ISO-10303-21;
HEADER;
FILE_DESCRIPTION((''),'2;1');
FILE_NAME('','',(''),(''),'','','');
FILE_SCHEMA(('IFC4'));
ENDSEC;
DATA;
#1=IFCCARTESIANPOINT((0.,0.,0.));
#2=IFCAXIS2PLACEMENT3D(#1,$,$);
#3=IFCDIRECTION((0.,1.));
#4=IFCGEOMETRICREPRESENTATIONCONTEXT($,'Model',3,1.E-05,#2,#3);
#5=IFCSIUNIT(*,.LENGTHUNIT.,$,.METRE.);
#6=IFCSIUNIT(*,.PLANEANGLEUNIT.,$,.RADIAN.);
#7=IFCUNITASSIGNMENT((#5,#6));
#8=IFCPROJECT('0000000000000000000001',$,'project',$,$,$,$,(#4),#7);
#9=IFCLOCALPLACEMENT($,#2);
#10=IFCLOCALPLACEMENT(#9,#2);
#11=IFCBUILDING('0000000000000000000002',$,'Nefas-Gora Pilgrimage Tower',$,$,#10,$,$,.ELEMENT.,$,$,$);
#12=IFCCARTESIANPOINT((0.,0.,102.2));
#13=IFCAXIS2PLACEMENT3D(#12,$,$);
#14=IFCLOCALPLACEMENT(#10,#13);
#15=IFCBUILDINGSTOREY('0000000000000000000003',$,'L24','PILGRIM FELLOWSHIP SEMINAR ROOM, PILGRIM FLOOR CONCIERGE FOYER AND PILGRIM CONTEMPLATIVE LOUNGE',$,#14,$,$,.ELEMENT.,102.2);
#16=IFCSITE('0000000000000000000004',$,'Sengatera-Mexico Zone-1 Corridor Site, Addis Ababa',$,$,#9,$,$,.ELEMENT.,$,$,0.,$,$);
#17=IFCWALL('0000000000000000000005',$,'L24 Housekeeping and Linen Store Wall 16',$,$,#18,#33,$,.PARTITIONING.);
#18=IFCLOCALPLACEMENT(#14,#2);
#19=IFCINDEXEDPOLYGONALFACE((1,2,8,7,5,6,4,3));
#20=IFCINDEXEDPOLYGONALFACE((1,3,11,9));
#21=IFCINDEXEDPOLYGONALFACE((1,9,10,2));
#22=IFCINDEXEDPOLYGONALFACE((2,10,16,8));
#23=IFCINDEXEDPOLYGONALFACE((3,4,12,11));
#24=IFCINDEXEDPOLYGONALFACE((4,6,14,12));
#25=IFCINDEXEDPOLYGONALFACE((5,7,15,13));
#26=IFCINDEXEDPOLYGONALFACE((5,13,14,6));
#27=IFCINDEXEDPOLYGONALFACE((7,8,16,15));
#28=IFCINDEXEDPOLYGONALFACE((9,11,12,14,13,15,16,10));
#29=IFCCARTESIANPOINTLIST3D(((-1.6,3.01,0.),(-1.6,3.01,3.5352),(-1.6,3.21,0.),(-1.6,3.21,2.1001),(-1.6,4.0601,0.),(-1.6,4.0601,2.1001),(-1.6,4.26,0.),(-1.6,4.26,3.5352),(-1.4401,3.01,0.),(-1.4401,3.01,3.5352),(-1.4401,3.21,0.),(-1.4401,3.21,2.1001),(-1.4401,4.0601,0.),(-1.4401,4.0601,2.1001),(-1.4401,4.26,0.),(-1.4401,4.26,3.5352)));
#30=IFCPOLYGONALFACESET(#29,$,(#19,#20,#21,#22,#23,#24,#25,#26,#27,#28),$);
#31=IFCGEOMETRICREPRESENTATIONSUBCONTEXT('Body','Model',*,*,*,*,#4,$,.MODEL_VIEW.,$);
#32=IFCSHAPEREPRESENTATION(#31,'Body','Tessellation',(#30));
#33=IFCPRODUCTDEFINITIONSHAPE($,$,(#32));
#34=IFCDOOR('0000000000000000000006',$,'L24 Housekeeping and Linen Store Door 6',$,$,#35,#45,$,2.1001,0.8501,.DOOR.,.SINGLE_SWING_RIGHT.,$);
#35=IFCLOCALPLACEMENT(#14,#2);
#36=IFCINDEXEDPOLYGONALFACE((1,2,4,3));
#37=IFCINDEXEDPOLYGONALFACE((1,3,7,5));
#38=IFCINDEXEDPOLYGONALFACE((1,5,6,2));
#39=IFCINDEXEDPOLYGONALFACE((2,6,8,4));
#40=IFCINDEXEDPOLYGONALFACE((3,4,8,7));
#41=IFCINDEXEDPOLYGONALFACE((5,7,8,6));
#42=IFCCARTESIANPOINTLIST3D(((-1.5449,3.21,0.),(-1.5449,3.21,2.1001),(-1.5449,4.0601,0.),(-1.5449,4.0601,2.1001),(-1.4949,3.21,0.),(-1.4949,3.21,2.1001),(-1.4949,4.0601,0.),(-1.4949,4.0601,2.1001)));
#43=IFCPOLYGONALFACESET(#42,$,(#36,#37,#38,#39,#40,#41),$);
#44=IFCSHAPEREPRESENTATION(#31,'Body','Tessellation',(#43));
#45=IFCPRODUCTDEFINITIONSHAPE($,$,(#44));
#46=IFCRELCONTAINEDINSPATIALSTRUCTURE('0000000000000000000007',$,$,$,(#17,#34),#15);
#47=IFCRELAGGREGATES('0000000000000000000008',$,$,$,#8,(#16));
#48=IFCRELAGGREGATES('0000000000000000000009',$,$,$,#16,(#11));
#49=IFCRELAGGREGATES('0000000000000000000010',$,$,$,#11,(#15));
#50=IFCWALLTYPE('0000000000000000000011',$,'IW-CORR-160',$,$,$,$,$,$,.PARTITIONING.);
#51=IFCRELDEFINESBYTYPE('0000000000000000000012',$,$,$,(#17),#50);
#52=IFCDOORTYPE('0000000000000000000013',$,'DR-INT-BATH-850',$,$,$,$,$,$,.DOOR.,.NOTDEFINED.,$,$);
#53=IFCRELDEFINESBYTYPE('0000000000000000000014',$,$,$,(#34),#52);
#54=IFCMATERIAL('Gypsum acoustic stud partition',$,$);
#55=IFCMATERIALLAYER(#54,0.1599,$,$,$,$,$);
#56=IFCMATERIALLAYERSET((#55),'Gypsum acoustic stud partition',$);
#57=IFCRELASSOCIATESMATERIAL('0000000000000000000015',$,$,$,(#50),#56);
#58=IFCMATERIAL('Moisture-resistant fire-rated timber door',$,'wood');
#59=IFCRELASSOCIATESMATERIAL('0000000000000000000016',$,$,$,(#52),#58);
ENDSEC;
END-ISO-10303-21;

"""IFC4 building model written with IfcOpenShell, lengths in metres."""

from ifc_helpers import new_model, si_unit, direction, frame, frame_2d, origin, place, context, subcontext, project, spatial, rectangle, extrude, source, transform, mapped, material, layer, layer_set, type_object, element, fill, save


model = new_model("IFC4")

# Units and contexts
model_context = context("Model", 3, precision=1e-05, world=origin(), true_north=direction((0.0, 1.0)))
body_context = subcontext(model_context, "Body", "Model", "MODEL_VIEW")
ifc_project = project(units=[si_unit("LENGTHUNIT", "METRE"), si_unit("PLANEANGLEUNIT", "RADIAN")], contexts=[model_context])

# Site, building, storey
site_placement = place(None, origin())
site = spatial("IfcSite", under=ifc_project, at=site_placement, Name="Sengatera-Mexico Zone-1 Corridor Site, Addis Ababa", CompositionType="ELEMENT", RefElevation=0.0)
building_placement = place(site_placement, origin())
building = spatial("IfcBuilding", under=site, at=building_placement, Name="Nefas-Gora Pilgrimage Tower", CompositionType="ELEMENT")
storey_placement = place(building_placement, frame((0.0, 0.0, 102.2)))
storey = spatial("IfcBuildingStorey", under=building, at=storey_placement, Name="L24", Description="PILGRIM FELLOWSHIP SEMINAR ROOM, PILGRIM FLOOR CONCIERGE FOYER AND PILGRIM CONTEMPLATIVE LOUNGE", CompositionType="ELEMENT", Elevation=102.2)

# Shared definitions
ifc_material_1 = material(Name="Gypsum acoustic stud partition")
ifc_layer_1 = layer(ifc_material_1, 0.1599)
ifc_layer_set_1 = layer_set([ifc_layer_1], Name="Gypsum acoustic stud partition")
wall_type_1 = type_object("IfcWallType", Name="IW-CORR-160", PredefinedType="PARTITIONING", material=ifc_layer_set_1)

# Wall, opening, door
shared_shape_1 = source(origin(), body_context, "Body", "SweptSolid", [
    extrude(rectangle(XDim=1.25, YDim=0.1599, at=frame_2d((0.625, 0.0))), origin(), (0.0, 0.0, 1.0), 3.5352),
])
wall_1_placement = place(storey_placement, frame((-1.52, 3.01, 0.0), z_axis=(0.0, 0.0, 1.0), x_axis=(0.0, 1.0, 0.0)))
wall_1 = element("IfcWall", 1, at=wall_1_placement, inside=storey, type_object=wall_type_1, Name="L24 Housekeeping and Linen Store Wall 16", PredefinedType="PARTITIONING", context=body_context, shape_type="MappedRepresentation", body=[
    mapped(shared_shape_1, transform((0.0, 0.0, 0.0), x_axis=(1.0, 0.0, 0.0), y_axis=(0.0, 1.0, 0.0), z_axis=(0.0, 0.0, 1.0), scale=1.0)),
])
opening_1_placement = place(wall_1_placement, frame((0.2, 0.0, 0.0)))
opening_1 = element("IfcOpeningElement", 2, at=opening_1_placement, cuts=wall_1, PredefinedType="OPENING", context=body_context, shape_type="SweptSolid", body=[
    extrude(rectangle(XDim=0.8501, YDim=2.1001, at=frame_2d((0.425, 1.05))), frame((0.0, 0.0898, 0.0), z_axis=(0.0, -1.0, 0.0), x_axis=(1.0, 0.0, 0.0)), (0.0, 0.0, 1.0), 0.1799),
])
ifc_material_2 = material(Name="Moisture-resistant fire-rated timber door", Category="wood")
door_type_1 = type_object("IfcDoorType", Name="DR-INT-BATH-850", OperationType="NOTDEFINED", PredefinedType="DOOR", material=ifc_material_2)
shared_shape_2 = source(origin(), body_context, "Body", "SweptSolid", [
    extrude(rectangle(XDim=0.8501, YDim=2.1001, at=frame_2d((0.425, 1.05))), frame((0.0, 0.0249, 0.0), z_axis=(0.0, -1.0, 0.0), x_axis=(1.0, 0.0, 0.0)), (0.0, 0.0, 1.0), 0.05),
])
door_1_placement = place(opening_1_placement, origin())
door_1 = element("IfcDoor", 3, at=door_1_placement, inside=storey, type_object=door_type_1, Name="L24 Housekeeping and Linen Store Door 6", OperationType="SINGLE_SWING_RIGHT", OverallHeight=2.1001, OverallWidth=0.8501, PredefinedType="DOOR", context=body_context, shape_type="MappedRepresentation", body=[
    mapped(shared_shape_2, transform((0.0, 0.0, 0.0), x_axis=(1.0, 0.0, 0.0), y_axis=(0.0, 1.0, 0.0), z_axis=(0.0, 0.0, 1.0), scale=1.0)),
])
fill(opening_1, door_1)

save(model, "model.ifc")
